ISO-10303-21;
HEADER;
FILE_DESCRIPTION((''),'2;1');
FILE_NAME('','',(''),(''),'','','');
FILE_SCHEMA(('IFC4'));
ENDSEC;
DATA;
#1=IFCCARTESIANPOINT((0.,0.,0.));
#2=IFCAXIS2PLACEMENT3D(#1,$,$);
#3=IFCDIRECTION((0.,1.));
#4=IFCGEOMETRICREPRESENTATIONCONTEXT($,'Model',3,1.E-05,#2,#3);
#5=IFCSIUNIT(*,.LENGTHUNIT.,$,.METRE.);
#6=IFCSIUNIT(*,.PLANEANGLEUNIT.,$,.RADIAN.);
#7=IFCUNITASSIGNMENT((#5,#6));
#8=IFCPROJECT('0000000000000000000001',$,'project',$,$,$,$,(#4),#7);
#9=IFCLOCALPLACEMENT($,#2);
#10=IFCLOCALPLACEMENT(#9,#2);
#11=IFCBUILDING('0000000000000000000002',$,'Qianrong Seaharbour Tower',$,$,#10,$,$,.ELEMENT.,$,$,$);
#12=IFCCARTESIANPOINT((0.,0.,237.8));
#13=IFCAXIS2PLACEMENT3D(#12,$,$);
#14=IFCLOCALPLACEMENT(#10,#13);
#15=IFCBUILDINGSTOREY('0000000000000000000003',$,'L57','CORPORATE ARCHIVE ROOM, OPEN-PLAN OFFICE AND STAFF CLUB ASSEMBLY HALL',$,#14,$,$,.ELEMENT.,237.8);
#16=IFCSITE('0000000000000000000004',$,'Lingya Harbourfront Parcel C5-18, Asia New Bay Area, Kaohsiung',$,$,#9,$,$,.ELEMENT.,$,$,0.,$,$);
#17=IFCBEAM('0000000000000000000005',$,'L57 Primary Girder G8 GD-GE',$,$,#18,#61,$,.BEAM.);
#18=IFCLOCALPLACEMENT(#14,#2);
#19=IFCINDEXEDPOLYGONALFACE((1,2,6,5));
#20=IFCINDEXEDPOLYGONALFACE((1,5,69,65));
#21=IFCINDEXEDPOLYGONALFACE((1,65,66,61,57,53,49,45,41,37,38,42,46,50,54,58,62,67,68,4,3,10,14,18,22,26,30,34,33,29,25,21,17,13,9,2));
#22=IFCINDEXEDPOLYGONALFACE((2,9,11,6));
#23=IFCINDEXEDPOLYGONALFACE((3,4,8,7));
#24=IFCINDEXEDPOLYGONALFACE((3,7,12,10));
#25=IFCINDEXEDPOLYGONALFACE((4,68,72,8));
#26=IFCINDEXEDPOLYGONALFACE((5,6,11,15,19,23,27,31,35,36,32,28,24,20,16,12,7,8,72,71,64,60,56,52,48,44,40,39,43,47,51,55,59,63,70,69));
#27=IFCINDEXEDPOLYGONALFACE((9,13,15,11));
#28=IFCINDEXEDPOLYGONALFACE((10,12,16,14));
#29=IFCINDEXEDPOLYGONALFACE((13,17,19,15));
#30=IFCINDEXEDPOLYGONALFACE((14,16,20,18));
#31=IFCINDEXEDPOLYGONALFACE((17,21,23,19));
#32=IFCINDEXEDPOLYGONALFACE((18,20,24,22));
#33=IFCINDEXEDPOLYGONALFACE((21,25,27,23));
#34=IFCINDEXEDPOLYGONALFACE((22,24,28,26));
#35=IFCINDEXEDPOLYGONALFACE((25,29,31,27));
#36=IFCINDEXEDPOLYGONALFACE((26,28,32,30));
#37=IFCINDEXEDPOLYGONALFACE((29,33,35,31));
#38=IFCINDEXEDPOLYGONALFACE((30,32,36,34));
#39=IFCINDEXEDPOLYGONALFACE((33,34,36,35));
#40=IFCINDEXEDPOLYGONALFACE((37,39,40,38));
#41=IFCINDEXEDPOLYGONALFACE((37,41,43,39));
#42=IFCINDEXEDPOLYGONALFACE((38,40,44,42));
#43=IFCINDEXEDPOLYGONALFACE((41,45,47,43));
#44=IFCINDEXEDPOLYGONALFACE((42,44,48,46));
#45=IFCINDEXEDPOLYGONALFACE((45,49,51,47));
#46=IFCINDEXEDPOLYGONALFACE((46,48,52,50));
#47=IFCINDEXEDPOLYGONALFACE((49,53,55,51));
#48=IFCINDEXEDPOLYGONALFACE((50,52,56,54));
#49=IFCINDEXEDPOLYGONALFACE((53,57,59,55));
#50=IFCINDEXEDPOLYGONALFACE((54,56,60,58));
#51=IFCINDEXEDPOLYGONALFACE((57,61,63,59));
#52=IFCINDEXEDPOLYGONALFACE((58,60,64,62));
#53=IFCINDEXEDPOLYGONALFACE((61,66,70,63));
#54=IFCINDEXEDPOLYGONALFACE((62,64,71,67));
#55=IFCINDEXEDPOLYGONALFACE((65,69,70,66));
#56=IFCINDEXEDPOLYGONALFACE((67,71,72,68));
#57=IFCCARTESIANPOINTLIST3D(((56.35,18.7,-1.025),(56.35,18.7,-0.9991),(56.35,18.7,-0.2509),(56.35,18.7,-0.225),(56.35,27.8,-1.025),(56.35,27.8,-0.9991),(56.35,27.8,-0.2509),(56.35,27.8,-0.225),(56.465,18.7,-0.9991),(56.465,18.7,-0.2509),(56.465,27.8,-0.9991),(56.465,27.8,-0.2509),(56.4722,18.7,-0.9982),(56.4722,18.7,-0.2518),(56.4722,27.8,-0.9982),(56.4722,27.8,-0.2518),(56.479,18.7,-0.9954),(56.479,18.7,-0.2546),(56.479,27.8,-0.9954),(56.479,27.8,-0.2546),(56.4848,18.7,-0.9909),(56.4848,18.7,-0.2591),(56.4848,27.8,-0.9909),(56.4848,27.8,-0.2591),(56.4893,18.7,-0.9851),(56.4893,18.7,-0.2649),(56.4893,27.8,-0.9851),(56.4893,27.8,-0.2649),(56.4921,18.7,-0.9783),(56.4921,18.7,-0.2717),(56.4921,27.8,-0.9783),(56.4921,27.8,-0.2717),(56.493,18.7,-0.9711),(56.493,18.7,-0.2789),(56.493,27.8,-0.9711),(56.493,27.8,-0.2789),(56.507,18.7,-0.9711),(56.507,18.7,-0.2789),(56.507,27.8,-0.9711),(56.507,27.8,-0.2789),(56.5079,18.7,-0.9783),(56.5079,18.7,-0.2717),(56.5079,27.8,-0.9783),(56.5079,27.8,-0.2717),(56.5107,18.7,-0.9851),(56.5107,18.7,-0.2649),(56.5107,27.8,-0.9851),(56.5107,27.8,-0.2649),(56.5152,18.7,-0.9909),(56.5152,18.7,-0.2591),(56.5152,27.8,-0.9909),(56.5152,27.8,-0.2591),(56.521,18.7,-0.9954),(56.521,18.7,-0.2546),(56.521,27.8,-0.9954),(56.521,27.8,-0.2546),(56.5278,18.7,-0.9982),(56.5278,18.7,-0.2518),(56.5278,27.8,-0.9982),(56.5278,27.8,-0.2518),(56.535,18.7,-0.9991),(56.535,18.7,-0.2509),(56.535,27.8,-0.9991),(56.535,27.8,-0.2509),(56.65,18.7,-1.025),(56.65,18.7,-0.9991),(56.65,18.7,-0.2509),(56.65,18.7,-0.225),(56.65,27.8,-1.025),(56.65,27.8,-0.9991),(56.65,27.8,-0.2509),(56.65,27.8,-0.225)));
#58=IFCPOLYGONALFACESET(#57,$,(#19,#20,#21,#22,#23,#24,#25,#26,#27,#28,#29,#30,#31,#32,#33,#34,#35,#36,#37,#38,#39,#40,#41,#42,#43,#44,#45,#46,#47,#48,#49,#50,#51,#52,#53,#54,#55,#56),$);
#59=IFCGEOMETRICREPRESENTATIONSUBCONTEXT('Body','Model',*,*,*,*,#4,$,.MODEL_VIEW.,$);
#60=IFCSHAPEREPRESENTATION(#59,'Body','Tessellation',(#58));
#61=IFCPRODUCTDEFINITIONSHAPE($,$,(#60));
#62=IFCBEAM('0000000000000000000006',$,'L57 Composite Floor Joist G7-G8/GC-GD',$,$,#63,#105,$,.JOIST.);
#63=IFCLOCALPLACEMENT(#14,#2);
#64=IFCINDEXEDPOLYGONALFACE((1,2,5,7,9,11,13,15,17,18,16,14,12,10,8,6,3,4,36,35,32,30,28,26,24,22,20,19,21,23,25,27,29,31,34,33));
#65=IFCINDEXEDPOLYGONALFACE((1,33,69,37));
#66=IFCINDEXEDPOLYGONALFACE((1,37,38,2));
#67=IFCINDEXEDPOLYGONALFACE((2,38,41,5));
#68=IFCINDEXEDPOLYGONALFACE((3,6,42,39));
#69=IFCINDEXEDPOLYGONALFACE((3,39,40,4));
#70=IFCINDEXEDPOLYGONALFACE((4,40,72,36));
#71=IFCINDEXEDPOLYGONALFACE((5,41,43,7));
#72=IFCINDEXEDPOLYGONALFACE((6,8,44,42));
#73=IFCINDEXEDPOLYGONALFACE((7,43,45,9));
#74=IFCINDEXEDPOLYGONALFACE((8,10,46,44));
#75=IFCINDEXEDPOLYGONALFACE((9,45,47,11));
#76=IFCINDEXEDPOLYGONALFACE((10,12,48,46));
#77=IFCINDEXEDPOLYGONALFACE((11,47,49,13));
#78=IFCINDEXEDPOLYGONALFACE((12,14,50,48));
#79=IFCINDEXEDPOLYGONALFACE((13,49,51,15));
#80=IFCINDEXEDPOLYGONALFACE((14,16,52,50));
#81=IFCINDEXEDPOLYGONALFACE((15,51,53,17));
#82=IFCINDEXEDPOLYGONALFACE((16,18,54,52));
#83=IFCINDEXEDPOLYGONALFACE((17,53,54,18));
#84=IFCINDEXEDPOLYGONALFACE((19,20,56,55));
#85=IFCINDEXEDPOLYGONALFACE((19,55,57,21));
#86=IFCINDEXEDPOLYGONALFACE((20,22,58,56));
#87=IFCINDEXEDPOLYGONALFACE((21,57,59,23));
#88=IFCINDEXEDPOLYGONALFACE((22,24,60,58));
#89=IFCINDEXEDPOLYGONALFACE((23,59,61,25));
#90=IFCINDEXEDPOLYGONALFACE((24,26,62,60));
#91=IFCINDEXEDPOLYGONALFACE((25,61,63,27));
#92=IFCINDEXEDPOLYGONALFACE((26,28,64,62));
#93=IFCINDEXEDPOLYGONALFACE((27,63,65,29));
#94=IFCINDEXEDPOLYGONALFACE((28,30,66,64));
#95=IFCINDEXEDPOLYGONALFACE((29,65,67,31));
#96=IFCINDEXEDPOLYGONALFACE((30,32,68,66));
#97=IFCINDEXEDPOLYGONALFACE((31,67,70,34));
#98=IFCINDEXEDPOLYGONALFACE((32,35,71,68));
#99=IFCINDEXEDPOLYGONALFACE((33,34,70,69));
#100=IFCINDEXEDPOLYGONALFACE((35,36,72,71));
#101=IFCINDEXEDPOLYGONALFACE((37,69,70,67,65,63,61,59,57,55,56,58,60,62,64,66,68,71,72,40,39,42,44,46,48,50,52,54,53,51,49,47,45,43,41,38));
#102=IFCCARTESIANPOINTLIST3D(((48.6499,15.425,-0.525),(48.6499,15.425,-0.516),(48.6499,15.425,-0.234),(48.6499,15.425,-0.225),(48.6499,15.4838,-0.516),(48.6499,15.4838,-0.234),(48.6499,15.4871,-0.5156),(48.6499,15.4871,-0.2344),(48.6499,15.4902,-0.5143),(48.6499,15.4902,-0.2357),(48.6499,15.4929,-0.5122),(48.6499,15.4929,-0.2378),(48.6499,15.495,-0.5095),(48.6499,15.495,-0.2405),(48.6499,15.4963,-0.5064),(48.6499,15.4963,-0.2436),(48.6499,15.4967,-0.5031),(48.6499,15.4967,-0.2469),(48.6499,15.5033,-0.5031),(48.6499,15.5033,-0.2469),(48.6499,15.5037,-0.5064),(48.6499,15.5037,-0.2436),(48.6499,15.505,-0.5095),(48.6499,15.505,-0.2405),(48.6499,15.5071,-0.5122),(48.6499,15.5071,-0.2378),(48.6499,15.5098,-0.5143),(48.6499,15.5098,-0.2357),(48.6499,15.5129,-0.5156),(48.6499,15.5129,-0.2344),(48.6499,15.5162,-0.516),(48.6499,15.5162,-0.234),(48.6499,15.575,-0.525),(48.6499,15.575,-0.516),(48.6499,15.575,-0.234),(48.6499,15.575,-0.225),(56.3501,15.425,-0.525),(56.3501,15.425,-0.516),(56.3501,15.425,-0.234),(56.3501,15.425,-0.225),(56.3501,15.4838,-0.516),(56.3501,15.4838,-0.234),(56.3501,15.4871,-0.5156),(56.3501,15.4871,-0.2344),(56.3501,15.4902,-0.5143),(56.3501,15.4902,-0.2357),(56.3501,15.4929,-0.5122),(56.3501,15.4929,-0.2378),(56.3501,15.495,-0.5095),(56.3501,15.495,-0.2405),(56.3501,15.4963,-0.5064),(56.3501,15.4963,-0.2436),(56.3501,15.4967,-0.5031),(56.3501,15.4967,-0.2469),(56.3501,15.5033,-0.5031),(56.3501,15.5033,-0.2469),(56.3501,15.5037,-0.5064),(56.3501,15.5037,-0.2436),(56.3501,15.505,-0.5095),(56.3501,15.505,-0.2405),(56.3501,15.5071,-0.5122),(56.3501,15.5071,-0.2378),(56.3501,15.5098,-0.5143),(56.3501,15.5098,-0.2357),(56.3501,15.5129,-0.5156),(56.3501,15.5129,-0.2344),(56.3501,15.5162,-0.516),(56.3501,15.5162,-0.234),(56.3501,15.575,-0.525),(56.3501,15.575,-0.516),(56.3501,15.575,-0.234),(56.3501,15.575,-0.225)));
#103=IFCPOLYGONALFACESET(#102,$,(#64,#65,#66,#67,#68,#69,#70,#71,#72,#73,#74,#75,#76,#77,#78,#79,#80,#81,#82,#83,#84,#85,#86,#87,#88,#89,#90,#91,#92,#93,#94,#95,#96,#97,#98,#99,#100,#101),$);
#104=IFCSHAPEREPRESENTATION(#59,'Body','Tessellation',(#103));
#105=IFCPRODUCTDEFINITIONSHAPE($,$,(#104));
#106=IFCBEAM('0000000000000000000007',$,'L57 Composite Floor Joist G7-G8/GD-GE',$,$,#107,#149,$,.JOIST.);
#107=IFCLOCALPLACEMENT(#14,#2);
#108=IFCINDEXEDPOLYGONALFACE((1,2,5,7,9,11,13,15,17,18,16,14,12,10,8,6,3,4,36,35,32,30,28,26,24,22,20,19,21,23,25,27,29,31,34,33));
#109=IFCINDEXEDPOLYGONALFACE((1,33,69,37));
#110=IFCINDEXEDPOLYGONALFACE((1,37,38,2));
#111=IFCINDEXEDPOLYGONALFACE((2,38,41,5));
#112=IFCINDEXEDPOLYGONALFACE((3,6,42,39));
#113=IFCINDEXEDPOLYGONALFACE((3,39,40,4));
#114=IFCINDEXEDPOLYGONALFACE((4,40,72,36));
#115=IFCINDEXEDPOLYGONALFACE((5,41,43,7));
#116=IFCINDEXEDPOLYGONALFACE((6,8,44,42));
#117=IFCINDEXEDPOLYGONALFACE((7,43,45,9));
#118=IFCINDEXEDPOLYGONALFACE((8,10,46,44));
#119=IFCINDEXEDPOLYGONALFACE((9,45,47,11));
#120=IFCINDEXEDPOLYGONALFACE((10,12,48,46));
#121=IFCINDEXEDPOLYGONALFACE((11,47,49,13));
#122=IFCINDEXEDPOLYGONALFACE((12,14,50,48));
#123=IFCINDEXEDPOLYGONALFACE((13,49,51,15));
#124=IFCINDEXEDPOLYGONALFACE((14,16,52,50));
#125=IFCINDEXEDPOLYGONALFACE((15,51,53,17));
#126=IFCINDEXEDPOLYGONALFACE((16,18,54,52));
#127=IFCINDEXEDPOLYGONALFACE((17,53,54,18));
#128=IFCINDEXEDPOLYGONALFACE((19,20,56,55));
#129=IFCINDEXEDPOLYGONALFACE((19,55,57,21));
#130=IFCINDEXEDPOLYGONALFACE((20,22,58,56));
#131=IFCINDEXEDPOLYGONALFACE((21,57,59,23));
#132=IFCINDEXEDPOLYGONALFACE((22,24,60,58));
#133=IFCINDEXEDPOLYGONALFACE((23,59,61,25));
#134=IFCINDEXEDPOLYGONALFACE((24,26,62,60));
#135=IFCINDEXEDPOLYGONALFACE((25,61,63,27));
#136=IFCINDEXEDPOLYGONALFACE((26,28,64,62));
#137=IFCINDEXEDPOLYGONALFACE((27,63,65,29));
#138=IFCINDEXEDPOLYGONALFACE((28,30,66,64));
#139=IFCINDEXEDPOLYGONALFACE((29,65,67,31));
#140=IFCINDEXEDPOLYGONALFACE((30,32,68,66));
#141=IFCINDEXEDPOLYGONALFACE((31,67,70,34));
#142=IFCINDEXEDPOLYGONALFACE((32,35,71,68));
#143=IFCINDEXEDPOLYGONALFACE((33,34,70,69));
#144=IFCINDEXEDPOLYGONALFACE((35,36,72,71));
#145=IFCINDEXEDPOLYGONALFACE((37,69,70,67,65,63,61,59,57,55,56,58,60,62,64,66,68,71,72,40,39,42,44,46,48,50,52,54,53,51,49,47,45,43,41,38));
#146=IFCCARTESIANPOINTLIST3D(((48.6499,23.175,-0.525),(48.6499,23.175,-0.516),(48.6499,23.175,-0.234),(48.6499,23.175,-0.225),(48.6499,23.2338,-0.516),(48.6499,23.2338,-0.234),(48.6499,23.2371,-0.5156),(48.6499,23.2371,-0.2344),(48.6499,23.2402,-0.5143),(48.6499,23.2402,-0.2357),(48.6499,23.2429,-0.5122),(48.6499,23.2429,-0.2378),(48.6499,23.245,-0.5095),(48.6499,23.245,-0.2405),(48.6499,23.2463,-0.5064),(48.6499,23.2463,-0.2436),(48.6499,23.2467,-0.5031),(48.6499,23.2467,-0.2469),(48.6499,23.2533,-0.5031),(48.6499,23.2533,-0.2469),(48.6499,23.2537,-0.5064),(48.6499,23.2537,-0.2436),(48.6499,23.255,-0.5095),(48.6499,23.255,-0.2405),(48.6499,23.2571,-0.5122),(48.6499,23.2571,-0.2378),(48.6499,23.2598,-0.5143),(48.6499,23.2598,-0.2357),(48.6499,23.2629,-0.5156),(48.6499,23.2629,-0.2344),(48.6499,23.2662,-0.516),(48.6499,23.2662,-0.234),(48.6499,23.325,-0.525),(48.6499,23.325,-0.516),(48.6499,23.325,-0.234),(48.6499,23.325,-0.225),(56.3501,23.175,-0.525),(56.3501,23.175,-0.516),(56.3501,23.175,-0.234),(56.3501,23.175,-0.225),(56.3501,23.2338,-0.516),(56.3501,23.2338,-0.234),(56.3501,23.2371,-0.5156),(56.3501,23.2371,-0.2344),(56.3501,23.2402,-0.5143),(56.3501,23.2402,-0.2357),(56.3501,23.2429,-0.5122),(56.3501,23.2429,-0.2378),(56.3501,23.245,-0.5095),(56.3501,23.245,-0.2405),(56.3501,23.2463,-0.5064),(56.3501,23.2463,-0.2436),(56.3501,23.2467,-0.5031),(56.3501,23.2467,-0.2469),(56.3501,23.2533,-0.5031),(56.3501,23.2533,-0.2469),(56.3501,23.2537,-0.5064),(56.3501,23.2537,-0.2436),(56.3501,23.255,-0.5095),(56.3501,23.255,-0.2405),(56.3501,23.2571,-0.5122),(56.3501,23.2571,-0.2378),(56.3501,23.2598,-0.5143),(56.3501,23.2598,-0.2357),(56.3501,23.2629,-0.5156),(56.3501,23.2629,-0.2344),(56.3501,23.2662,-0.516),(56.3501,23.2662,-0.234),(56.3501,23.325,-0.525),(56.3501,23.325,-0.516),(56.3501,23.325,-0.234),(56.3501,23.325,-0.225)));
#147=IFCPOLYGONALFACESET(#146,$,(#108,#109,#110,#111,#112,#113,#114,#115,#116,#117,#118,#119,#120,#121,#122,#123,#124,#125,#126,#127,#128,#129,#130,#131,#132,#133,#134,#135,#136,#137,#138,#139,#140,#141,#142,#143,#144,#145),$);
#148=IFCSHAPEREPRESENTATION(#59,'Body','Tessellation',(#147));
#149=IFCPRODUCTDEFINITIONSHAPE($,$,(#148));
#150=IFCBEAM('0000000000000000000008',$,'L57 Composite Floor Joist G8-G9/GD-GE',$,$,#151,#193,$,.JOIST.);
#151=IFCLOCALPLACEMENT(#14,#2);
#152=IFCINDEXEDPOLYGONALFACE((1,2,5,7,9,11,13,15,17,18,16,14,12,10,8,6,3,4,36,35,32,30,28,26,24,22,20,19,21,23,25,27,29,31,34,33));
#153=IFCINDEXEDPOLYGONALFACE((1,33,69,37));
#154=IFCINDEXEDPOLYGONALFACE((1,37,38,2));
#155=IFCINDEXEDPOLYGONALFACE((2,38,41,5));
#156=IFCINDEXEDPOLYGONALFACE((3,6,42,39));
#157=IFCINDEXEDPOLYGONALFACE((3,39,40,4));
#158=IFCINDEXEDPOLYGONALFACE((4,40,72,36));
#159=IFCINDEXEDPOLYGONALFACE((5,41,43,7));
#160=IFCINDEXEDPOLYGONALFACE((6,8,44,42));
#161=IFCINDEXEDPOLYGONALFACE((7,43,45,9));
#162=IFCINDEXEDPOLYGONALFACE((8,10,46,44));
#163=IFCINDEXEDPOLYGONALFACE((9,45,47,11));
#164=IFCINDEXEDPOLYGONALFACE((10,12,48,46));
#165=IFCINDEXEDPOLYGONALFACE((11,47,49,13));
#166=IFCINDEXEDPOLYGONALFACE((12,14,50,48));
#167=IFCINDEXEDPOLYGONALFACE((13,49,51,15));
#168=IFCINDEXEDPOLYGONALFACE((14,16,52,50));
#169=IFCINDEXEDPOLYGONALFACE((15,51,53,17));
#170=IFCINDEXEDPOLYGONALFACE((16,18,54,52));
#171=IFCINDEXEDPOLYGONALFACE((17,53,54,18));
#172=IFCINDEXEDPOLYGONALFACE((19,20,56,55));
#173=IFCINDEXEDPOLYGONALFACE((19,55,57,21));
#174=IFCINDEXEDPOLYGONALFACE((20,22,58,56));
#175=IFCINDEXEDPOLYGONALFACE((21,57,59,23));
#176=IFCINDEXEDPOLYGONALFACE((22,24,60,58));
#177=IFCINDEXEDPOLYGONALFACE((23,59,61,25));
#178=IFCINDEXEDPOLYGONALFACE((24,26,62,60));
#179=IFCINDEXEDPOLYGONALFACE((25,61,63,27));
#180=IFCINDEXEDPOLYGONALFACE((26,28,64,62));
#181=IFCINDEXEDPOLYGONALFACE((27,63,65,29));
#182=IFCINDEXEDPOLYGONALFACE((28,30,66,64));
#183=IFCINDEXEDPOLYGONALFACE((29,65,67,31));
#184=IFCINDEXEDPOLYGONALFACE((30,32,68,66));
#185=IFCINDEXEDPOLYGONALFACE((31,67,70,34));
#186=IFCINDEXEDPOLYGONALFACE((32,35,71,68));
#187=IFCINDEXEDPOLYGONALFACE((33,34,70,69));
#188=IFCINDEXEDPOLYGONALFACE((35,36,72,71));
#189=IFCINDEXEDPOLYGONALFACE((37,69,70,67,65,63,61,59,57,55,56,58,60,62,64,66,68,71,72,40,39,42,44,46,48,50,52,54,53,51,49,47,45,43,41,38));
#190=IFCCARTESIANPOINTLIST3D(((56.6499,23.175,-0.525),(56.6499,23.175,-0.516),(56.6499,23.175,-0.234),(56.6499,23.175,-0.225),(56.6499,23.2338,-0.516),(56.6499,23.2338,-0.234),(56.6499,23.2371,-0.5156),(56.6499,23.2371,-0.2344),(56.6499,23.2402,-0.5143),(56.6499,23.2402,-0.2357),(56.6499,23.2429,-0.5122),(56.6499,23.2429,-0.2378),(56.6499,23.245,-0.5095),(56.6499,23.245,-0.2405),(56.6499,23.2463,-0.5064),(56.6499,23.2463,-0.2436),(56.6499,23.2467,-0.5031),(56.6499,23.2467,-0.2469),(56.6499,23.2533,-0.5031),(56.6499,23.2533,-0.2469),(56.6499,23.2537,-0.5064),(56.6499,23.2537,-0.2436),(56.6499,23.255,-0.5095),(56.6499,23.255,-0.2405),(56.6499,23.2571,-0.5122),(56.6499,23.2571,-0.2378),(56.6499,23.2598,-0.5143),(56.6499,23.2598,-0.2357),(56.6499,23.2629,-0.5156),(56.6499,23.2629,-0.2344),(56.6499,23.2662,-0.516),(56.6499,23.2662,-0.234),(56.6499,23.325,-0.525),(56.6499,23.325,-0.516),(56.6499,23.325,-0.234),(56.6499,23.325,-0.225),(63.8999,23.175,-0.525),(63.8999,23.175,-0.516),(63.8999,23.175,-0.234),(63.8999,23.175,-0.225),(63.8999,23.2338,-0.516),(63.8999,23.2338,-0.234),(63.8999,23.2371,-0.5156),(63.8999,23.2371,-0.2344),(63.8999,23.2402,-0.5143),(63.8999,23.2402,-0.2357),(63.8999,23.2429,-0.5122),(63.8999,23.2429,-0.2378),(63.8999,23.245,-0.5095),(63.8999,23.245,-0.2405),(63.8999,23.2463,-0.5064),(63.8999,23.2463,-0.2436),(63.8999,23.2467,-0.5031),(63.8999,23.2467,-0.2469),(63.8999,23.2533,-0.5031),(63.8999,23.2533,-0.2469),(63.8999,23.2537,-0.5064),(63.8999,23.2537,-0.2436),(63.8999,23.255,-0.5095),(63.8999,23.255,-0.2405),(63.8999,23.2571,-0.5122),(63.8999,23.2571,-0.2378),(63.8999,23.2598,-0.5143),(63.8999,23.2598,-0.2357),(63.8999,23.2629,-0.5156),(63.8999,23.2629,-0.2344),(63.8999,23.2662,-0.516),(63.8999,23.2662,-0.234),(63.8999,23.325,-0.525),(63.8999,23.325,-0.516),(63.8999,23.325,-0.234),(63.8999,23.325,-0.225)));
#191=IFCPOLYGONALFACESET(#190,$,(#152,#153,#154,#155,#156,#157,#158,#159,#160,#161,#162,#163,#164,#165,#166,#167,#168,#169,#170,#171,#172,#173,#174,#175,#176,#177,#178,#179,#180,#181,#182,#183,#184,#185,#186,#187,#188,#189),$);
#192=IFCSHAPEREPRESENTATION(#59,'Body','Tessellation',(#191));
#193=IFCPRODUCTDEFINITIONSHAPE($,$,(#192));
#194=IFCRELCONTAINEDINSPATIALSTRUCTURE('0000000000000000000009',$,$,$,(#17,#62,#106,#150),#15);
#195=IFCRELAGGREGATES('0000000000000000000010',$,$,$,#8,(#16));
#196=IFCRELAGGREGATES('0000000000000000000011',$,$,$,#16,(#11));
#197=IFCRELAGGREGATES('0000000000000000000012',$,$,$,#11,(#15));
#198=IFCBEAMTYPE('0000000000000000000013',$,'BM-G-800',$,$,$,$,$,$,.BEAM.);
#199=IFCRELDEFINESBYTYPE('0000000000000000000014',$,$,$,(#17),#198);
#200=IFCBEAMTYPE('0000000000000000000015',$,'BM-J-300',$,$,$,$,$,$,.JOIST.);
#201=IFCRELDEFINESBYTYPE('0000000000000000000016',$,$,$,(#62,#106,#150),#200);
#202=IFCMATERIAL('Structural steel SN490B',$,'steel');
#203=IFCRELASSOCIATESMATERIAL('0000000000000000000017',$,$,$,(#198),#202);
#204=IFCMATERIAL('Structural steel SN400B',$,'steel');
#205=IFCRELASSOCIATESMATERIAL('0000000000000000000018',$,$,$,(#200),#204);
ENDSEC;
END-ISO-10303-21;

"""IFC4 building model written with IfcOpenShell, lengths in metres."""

from ifc_helpers import new_model, si_unit, direction, frame, origin, origin_2d, place, context, subcontext, project, spatial, i_section, extrude, material, material_profile, profile_set, type_object, element, save


model = new_model("IFC4")

# Units and contexts
model_context = context("Model", 3, precision=1e-05, world=origin(), true_north=direction((0.0, 1.0)))
body_context = subcontext(model_context, "Body", "Model", "MODEL_VIEW")
ifc_project = project(units=[si_unit("LENGTHUNIT", "METRE"), si_unit("PLANEANGLEUNIT", "RADIAN")], contexts=[model_context])

# Site, building, storey
site_placement = place(None, origin())
site = spatial("IfcSite", under=ifc_project, at=site_placement, Name="Lingya Harbourfront Parcel C5-18, Asia New Bay Area, Kaohsiung", CompositionType="ELEMENT", RefElevation=0.0)
building_placement = place(site_placement, origin())
building = spatial("IfcBuilding", under=site, at=building_placement, Name="Qianrong Seaharbour Tower", CompositionType="ELEMENT")
storey_placement = place(building_placement, frame((0.0, 0.0, 237.8)))
storey = spatial("IfcBuildingStorey", under=building, at=storey_placement, Name="L57", Description="CORPORATE ARCHIVE ROOM, OPEN-PLAN OFFICE AND STAFF CLUB ASSEMBLY HALL", CompositionType="ELEMENT", Elevation=237.8)

# Shared definitions
ifc_material_1 = material(Name="Structural steel SN490B", Category="steel")

# Beams
ifc_material_profile_1 = material_profile(ifc_material_1, i_section(OverallWidth=0.3, OverallDepth=0.8, WebThickness=0.0139, FlangeThickness=0.0259, FilletRadius=0.0281, at=origin_2d()), Name="H800x300x14x26")
ifc_profile_set_1 = profile_set([ifc_material_profile_1], Name="Structural steel SN490B")
beam_type_1 = type_object("IfcBeamType", Name="BM-G-800", PredefinedType="BEAM", material=ifc_profile_set_1)
for number, where, z_axis, x_axis, name in (
    (1, (56.5, 18.7, -0.625), (0.0, 1.0, 0.0), (-1.0, 0.0, 0.0), "L57 Primary Girder G8 GD-GE"),
):
    element("IfcBeam", number, at=place(storey_placement, frame(where, z_axis=z_axis, x_axis=x_axis)), inside=storey, type_object=beam_type_1, Name=name, PredefinedType="BEAM", context=body_context, shape_type="SweptSolid", body=[
        extrude(i_section(OverallWidth=0.3, OverallDepth=0.8, WebThickness=0.0139, FlangeThickness=0.0259, FilletRadius=0.0281, at=origin_2d()), origin(), (0.0, 0.0, 1.0), 9.1001),
    ])
ifc_material_2 = material(Name="Structural steel SN400B", Category="steel")
ifc_material_profile_2 = material_profile(ifc_material_2, i_section(OverallWidth=0.1499, OverallDepth=0.3, WebThickness=0.0066, FlangeThickness=0.009, FilletRadius=0.0129, at=origin_2d()), Name="H300x150x6.5x9")
ifc_profile_set_2 = profile_set([ifc_material_profile_2], Name="Structural steel SN400B")
beam_type_2 = type_object("IfcBeamType", Name="BM-J-300", PredefinedType="JOIST", material=ifc_profile_set_2)
for number, where, z_axis, x_axis, name in (
    (2, (48.6499, 15.5, -0.375), (1.0, 0.0, 0.0), (0.0, 1.0, 0.0), "L57 Composite Floor Joist G7-G8/GC-GD"),
    (3, (48.6499, 23.25, -0.375), (1.0, 0.0, 0.0), (0.0, 1.0, 0.0), "L57 Composite Floor Joist G7-G8/GD-GE"),
):
    element("IfcBeam", number, at=place(storey_placement, frame(where, z_axis=z_axis, x_axis=x_axis)), inside=storey, type_object=beam_type_2, Name=name, PredefinedType="JOIST", context=body_context, shape_type="SweptSolid", body=[
        extrude(i_section(OverallWidth=0.1499, OverallDepth=0.3, WebThickness=0.0066, FlangeThickness=0.009, FilletRadius=0.0129, at=origin_2d()), origin(), (0.0, 0.0, 1.0), 7.7002),
    ])
beam_1_placement = place(storey_placement, frame((56.6499, 23.25, -0.375), z_axis=(1.0, 0.0, 0.0), x_axis=(0.0, 1.0, 0.0)))
element("IfcBeam", 4, at=beam_1_placement, inside=storey, type_object=beam_type_2, Name="L57 Composite Floor Joist G8-G9/GD-GE", PredefinedType="JOIST", context=body_context, shape_type="SweptSolid", body=[
    extrude(i_section(OverallWidth=0.1499, OverallDepth=0.3, WebThickness=0.0066, FlangeThickness=0.009, FilletRadius=0.0129, at=origin_2d()), origin(), (0.0, 0.0, 1.0), 7.25),
])

save(model, "model.ifc")
